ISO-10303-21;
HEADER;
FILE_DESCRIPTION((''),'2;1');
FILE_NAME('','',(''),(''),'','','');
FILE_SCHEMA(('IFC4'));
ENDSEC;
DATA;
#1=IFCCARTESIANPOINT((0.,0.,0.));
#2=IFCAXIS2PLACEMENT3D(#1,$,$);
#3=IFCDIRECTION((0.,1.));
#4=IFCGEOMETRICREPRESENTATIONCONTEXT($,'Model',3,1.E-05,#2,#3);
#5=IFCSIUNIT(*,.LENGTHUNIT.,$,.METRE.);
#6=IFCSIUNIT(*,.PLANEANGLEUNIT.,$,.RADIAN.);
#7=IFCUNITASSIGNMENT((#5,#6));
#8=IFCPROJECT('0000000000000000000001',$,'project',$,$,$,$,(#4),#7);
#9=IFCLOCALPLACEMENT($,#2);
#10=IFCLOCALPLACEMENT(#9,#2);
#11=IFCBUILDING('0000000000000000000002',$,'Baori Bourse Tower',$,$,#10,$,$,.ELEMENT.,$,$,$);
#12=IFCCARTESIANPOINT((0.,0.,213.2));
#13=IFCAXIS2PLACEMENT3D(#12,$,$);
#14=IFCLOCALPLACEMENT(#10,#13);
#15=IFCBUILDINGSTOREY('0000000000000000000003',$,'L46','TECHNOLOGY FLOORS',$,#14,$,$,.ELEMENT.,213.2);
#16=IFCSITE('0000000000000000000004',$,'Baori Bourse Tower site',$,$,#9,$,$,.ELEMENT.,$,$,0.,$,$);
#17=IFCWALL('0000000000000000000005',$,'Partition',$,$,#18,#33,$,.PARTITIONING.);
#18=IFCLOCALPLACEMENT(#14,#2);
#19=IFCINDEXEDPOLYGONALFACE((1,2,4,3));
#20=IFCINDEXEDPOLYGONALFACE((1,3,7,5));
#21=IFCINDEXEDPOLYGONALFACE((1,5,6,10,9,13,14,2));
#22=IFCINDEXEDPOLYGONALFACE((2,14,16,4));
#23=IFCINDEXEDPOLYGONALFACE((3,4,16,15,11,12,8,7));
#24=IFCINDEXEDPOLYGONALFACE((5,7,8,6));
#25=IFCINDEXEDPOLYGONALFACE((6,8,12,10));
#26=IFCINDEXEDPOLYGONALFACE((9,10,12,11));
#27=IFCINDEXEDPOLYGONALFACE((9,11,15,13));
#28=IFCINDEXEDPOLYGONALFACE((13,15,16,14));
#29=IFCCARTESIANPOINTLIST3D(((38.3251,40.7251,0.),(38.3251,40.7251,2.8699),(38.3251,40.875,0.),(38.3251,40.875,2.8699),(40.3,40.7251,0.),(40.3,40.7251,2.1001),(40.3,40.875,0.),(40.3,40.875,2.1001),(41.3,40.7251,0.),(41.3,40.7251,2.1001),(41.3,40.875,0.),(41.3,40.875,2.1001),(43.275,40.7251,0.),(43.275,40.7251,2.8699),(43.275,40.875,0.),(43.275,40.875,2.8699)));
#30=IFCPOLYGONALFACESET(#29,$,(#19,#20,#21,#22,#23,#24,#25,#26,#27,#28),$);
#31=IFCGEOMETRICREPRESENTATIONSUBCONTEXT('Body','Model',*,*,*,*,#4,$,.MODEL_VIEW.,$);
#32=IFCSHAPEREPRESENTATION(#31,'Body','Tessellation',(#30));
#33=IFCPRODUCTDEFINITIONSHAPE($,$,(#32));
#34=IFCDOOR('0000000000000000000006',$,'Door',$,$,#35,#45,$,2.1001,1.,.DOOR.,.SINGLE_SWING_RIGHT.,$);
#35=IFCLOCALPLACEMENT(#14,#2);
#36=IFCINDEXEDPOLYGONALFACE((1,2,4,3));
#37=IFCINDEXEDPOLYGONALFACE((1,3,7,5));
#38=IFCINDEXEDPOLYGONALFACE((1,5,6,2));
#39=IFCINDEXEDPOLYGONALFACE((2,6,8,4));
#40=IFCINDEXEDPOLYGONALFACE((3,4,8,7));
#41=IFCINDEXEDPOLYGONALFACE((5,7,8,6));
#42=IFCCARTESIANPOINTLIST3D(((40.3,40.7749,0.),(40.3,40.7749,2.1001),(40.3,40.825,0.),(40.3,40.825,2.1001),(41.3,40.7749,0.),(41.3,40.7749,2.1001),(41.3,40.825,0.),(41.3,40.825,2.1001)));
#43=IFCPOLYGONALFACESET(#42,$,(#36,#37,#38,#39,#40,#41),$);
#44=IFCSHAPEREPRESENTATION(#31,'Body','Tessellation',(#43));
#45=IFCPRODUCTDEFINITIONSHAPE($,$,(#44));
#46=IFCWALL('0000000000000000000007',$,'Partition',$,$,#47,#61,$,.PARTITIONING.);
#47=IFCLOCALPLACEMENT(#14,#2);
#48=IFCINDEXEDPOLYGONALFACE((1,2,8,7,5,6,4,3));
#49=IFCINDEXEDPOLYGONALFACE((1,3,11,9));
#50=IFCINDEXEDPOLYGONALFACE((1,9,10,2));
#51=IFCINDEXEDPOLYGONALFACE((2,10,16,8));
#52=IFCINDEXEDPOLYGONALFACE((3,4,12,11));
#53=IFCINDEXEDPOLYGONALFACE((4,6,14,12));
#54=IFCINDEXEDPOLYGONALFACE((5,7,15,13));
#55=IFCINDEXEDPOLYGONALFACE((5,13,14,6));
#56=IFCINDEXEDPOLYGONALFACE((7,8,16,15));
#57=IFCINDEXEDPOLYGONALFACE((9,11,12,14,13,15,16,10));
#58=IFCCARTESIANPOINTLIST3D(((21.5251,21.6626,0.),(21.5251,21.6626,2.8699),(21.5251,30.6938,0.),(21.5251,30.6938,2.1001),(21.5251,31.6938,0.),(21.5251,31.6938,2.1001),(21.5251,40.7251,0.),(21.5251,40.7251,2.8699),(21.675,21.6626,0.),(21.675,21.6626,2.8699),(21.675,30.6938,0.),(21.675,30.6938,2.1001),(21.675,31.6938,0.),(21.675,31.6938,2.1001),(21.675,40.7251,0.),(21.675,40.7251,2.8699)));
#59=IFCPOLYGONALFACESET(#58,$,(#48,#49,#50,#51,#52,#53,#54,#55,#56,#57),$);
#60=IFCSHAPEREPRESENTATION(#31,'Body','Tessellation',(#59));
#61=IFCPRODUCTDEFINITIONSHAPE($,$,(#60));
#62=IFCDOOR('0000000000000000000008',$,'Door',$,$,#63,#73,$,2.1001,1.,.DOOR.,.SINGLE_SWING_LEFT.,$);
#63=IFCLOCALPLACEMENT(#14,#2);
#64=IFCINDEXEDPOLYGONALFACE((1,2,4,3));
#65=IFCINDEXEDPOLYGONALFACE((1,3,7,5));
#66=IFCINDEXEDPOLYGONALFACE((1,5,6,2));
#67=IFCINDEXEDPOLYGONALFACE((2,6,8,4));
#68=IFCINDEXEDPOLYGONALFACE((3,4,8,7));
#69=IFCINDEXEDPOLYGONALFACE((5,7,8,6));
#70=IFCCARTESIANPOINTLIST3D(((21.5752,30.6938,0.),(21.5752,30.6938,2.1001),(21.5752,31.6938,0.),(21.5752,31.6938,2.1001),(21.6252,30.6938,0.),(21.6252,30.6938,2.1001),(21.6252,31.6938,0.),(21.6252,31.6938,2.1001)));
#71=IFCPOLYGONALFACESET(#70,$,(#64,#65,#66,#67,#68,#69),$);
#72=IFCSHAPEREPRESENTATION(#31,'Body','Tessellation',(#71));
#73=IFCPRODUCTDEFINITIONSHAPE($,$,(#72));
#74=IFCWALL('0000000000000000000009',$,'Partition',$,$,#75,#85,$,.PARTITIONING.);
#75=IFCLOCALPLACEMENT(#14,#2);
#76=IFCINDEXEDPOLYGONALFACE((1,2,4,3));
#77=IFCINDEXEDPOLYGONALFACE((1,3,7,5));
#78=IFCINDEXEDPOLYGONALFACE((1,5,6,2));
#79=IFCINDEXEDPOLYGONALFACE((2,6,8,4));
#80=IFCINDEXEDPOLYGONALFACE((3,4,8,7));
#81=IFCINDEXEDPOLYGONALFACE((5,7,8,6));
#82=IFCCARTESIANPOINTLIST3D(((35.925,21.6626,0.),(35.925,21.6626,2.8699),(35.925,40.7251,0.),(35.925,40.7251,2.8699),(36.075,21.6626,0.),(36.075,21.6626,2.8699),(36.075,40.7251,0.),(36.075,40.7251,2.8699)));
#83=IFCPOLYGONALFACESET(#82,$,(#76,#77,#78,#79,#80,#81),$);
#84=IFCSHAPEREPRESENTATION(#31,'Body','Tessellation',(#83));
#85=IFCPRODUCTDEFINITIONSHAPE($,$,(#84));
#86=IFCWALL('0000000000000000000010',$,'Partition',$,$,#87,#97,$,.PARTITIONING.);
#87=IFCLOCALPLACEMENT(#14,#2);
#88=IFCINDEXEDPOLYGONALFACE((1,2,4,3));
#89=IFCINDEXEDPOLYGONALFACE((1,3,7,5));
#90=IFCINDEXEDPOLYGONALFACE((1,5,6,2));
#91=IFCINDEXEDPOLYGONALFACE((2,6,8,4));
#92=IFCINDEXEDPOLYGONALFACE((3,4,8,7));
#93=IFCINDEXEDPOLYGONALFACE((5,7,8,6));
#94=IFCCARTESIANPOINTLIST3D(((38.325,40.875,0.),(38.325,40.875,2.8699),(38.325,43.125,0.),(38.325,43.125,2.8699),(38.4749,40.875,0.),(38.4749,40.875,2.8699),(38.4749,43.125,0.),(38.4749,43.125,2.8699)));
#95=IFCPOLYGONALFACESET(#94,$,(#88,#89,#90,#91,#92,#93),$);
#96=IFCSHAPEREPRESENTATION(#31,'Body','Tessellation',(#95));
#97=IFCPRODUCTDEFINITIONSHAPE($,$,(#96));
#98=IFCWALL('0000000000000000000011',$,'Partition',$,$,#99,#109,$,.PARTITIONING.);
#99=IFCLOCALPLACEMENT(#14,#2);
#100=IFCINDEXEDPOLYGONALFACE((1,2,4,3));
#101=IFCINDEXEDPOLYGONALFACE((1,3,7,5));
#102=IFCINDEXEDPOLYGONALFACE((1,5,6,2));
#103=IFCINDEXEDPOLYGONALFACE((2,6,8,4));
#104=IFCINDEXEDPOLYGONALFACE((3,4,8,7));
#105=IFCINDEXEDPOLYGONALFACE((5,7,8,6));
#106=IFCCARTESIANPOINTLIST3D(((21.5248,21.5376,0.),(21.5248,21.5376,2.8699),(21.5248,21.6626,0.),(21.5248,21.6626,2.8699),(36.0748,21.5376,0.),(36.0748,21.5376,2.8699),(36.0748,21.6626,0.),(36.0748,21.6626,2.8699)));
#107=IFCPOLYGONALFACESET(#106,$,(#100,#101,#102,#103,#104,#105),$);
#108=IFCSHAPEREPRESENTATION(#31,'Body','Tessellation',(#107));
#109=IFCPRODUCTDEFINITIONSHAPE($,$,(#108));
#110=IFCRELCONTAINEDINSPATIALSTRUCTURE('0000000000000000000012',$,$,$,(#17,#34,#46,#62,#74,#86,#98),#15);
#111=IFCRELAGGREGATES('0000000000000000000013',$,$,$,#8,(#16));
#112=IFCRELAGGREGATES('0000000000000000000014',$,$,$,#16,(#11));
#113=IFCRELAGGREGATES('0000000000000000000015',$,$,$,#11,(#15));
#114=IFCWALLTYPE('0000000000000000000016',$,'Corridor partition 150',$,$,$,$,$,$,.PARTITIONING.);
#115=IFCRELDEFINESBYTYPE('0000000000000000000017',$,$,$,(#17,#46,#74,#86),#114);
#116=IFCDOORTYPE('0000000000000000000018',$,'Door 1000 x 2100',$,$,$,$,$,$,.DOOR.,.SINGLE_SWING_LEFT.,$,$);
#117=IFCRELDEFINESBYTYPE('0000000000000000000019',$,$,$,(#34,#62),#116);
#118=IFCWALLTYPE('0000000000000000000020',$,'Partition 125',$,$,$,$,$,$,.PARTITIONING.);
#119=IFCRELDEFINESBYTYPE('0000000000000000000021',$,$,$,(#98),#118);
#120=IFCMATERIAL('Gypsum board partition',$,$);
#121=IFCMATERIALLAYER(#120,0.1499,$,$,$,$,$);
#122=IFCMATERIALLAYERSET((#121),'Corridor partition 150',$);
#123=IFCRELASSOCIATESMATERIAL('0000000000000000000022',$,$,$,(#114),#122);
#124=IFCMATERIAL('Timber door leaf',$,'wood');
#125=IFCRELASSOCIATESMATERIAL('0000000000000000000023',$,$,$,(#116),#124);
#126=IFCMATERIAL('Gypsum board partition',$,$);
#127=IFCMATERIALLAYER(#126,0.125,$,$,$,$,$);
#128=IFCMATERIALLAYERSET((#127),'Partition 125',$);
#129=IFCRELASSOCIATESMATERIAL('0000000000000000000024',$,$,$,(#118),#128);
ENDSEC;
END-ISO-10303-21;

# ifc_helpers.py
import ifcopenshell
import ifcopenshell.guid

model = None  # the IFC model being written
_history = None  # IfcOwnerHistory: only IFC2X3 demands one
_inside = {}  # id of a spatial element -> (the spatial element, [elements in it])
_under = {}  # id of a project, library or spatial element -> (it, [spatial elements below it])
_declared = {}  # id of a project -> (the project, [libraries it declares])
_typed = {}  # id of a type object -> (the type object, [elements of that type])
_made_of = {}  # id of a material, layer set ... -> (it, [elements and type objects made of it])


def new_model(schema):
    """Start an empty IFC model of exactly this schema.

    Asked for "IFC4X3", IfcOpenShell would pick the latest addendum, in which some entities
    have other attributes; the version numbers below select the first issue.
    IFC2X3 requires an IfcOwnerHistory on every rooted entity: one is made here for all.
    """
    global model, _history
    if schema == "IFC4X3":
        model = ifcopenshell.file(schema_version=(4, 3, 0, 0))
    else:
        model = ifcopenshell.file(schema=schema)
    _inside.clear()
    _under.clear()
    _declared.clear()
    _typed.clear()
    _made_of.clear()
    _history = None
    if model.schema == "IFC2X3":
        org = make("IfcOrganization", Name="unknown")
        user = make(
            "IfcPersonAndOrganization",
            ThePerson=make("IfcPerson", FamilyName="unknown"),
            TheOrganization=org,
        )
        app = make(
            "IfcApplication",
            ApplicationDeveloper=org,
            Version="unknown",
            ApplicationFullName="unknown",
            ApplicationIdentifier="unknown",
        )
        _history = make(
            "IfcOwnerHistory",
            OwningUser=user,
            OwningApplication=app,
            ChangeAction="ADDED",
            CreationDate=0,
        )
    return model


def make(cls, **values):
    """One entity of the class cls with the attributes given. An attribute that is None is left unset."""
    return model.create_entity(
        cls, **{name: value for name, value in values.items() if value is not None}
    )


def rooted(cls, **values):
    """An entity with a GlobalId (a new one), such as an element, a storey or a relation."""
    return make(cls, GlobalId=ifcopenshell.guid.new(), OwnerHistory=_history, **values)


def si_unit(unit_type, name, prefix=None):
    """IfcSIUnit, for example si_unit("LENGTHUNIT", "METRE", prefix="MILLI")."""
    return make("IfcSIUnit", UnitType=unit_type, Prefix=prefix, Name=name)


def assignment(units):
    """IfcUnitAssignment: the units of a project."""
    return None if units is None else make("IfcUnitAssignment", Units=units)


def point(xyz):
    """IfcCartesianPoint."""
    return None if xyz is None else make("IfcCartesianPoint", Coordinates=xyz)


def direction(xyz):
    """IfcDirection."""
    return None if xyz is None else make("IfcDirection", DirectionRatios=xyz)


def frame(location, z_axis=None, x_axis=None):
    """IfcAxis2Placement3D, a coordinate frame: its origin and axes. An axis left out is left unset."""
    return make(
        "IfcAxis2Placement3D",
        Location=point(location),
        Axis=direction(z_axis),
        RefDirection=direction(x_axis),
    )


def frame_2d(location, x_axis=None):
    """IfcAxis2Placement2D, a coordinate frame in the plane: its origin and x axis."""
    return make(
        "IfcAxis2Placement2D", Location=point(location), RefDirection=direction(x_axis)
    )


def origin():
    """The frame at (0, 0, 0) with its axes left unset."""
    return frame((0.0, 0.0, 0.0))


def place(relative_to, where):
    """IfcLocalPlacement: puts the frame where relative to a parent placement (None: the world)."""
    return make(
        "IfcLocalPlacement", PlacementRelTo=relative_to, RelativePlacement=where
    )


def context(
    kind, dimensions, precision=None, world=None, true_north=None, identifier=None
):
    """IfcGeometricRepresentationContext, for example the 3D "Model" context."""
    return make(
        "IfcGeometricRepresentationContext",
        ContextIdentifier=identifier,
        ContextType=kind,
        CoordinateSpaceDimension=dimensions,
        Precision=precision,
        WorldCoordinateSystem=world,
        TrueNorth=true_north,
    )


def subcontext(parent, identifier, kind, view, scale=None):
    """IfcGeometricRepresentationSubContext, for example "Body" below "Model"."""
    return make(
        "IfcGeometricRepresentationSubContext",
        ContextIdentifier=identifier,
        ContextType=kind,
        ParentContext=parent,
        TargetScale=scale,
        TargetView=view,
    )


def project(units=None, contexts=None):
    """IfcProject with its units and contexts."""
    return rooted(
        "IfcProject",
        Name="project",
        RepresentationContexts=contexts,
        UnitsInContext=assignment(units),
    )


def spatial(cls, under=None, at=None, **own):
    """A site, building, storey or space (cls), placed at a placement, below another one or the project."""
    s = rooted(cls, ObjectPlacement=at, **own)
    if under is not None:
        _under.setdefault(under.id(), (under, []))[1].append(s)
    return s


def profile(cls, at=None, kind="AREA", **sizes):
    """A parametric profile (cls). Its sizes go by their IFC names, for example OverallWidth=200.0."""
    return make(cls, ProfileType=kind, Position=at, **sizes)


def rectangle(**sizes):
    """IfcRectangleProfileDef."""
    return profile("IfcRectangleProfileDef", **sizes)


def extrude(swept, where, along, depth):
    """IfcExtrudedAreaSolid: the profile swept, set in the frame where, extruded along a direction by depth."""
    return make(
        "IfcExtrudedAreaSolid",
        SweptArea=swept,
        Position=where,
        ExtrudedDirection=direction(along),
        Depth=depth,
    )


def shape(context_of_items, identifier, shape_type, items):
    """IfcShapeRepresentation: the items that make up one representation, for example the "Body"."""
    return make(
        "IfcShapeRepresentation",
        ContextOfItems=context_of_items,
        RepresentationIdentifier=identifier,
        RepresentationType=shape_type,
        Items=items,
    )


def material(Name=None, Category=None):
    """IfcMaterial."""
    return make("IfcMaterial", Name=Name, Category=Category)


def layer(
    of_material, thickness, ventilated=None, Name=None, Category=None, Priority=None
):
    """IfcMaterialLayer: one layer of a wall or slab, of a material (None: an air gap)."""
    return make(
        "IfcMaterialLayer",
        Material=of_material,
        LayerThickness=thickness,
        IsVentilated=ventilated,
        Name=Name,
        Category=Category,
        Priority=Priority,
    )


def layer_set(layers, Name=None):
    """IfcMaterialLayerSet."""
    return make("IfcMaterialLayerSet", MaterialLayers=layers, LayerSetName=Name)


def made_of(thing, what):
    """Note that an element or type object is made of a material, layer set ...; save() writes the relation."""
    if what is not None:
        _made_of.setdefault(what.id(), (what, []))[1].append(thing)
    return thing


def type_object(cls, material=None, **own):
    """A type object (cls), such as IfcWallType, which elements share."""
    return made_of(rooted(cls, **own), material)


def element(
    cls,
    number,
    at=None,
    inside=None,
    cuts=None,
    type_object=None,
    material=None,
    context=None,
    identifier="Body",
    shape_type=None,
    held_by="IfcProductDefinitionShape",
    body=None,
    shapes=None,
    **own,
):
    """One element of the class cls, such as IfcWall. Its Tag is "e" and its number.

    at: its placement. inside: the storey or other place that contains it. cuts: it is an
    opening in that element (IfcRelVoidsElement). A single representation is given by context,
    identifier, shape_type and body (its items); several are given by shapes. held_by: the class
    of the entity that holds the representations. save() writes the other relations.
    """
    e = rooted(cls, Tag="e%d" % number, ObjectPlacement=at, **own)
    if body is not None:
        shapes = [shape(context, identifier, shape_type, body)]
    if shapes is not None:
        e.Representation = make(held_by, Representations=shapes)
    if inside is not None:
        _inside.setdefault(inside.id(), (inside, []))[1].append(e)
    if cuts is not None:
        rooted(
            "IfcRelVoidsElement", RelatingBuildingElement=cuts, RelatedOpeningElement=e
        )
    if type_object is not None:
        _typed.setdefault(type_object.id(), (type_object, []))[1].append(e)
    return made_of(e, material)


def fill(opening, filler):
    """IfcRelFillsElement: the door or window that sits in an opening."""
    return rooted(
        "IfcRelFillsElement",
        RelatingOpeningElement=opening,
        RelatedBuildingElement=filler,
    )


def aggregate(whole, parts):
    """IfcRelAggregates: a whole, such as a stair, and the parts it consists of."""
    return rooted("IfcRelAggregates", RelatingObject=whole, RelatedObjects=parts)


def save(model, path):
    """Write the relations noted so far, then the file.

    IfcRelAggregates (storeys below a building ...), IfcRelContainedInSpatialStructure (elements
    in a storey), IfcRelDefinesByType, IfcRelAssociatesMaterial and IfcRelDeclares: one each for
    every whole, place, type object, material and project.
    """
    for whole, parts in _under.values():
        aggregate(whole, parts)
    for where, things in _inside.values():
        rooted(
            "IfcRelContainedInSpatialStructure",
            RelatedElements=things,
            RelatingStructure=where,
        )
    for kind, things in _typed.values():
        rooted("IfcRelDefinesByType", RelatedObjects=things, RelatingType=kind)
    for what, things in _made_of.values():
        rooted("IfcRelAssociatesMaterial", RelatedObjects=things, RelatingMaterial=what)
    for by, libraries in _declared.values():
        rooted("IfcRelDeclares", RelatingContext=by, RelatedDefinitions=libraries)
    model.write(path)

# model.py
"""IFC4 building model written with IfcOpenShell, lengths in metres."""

from ifc_helpers import new_model, si_unit, direction, frame, frame_2d, origin, place, context, subcontext, project, spatial, rectangle, extrude, material, layer, layer_set, type_object, element, fill, save


model = new_model("IFC4")

# Units and contexts
model_context = context("Model", 3, precision=1e-05, world=origin(), true_north=direction((0.0, 1.0)))
body_context = subcontext(model_context, "Body", "Model", "MODEL_VIEW")
ifc_project = project(units=[si_unit("LENGTHUNIT", "METRE"), si_unit("PLANEANGLEUNIT", "RADIAN")], contexts=[model_context])

# Site, building, storey
site_placement = place(None, origin())
site = spatial("IfcSite", under=ifc_project, at=site_placement, Name="Baori Bourse Tower site", CompositionType="ELEMENT", RefElevation=0.0)
building_placement = place(site_placement, origin())
building = spatial("IfcBuilding", under=site, at=building_placement, Name="Baori Bourse Tower", CompositionType="ELEMENT")
storey_placement = place(building_placement, frame((0.0, 0.0, 213.2)))
storey = spatial("IfcBuildingStorey", under=building, at=storey_placement, Name="L46", Description="TECHNOLOGY FLOORS", CompositionType="ELEMENT", Elevation=213.2)

# Shared definitions
ifc_material_1 = material(Name="Gypsum board partition")
ifc_layer_1 = layer(ifc_material_1, 0.1499)
ifc_layer_set_1 = layer_set([ifc_layer_1], Name="Corridor partition 150")
wall_type_1 = type_object("IfcWallType", Name="Corridor partition 150", PredefinedType="PARTITIONING", material=ifc_layer_set_1)

# Walls, openings, doors
wall_1_placement = place(storey_placement, frame((38.325, 40.8, 0.0), z_axis=(0.0, 0.0, 1.0), x_axis=(1.0, 0.0, 0.0)))
wall_1 = element("IfcWall", 1, at=wall_1_placement, inside=storey, type_object=wall_type_1, Name="Partition", PredefinedType="PARTITIONING", context=body_context, shape_type="SweptSolid", body=[
    extrude(rectangle(XDim=4.95, YDim=0.1499, at=frame_2d((2.4751, 0.0))), origin(), (0.0, 0.0, 1.0), 2.8699),
])
opening_1_placement = place(wall_1_placement, frame((1.9751, 0.0, 0.0)))
opening_1 = element("IfcOpeningElement", 2, at=opening_1_placement, cuts=wall_1, PredefinedType="OPENING", context=body_context, shape_type="SweptSolid", body=[
    extrude(rectangle(XDim=1.0, YDim=2.1001, at=frame_2d((0.5, 1.05))), frame((0.0, 0.085, 0.0), z_axis=(0.0, -1.0, 0.0), x_axis=(1.0, 0.0, 0.0)), (0.0, 0.0, 1.0), 0.1699),
])
ifc_material_2 = material(Name="Timber door leaf", Category="wood")
door_type_1 = type_object("IfcDoorType", Name="Door 1000 x 2100", OperationType="SINGLE_SWING_LEFT", PredefinedType="DOOR", material=ifc_material_2)
door_1_placement = place(opening_1_placement, origin())
door_1 = element("IfcDoor", 3, at=door_1_placement, inside=storey, type_object=door_type_1, Name="Door", OperationType="SINGLE_SWING_RIGHT", OverallHeight=2.1001, OverallWidth=1.0, PredefinedType="DOOR", context=body_context, shape_type="SweptSolid", body=[
    extrude(rectangle(XDim=1.0, YDim=2.1001, at=frame_2d((0.5, 1.05))), frame((0.0, 0.0249, 0.0), z_axis=(0.0, -1.0, 0.0), x_axis=(1.0, 0.0, 0.0)), (0.0, 0.0, 1.0), 0.05),
])
fill(opening_1, door_1)
wall_2_placement = place(storey_placement, frame((21.6001, 21.6626, 0.0), z_axis=(0.0, 0.0, 1.0), x_axis=(0.0, 1.0, 0.0)))
wall_2 = element("IfcWall", 4, at=wall_2_placement, inside=storey, type_object=wall_type_1, Name="Partition", PredefinedType="PARTITIONING", context=body_context, shape_type="SweptSolid", body=[
    extrude(rectangle(XDim=19.0625, YDim=0.1499, at=frame_2d((9.5312, 0.0))), origin(), (0.0, 0.0, 1.0), 2.8699),
])
opening_2_placement = place(wall_2_placement, frame((9.0312, 0.0, 0.0)))
opening_2 = element("IfcOpeningElement", 5, at=opening_2_placement, cuts=wall_2, PredefinedType="OPENING", context=body_context, shape_type="SweptSolid", body=[
    extrude(rectangle(XDim=1.0, YDim=2.1001, at=frame_2d((0.5, 1.05))), frame((0.0, 0.085, 0.0), z_axis=(0.0, -1.0, 0.0), x_axis=(1.0, 0.0, 0.0)), (0.0, 0.0, 1.0), 0.1699),
])
door_2_placement = place(opening_2_placement, origin())
door_2 = element("IfcDoor", 6, at=door_2_placement, inside=storey, type_object=door_type_1, Name="Door", OperationType="SINGLE_SWING_LEFT", OverallHeight=2.1001, OverallWidth=1.0, PredefinedType="DOOR", context=body_context, shape_type="SweptSolid", body=[
    extrude(rectangle(XDim=1.0, YDim=2.1001, at=frame_2d((0.5, 1.05))), frame((0.0, 0.0249, 0.0), z_axis=(0.0, -1.0, 0.0), x_axis=(1.0, 0.0, 0.0)), (0.0, 0.0, 1.0), 0.05),
])
fill(opening_2, door_2)

# Walls
wall_3_placement = place(storey_placement, frame((36.0, 21.6626, 0.0), z_axis=(0.0, 0.0, 1.0), x_axis=(0.0, 1.0, 0.0)))
element("IfcWall", 7, at=wall_3_placement, inside=storey, type_object=wall_type_1, Name="Partition", PredefinedType="PARTITIONING", context=body_context, shape_type="SweptSolid", body=[
    extrude(rectangle(XDim=19.0625, YDim=0.1499, at=frame_2d((9.5312, 0.0))), origin(), (0.0, 0.0, 1.0), 2.8699),
])
wall_4_placement = place(storey_placement, frame((38.3999, 40.875, 0.0), z_axis=(0.0, 0.0, 1.0), x_axis=(0.0, 1.0, 0.0)))
element("IfcWall", 8, at=wall_4_placement, inside=storey, type_object=wall_type_1, Name="Partition", PredefinedType="PARTITIONING", context=body_context, shape_type="SweptSolid", body=[
    extrude(rectangle(XDim=2.25, YDim=0.1499, at=frame_2d((1.125, 0.0))), origin(), (0.0, 0.0, 1.0), 2.8699),
])
ifc_material_3 = material(Name="Gypsum board partition")
ifc_layer_2 = layer(ifc_material_3, 0.125)
ifc_layer_set_2 = layer_set([ifc_layer_2], Name="Partition 125")
wall_type_2 = type_object("IfcWallType", Name="Partition 125", PredefinedType="PARTITIONING", material=ifc_layer_set_2)
wall_5_placement = place(storey_placement, frame((21.5249, 21.6001, 0.0), z_axis=(0.0, 0.0, 1.0), x_axis=(1.0, 0.0, 0.0)))
element("IfcWall", 9, at=wall_5_placement, inside=storey, type_object=wall_type_2, Name="Partition", PredefinedType="PARTITIONING", context=body_context, shape_type="SweptSolid", body=[
    extrude(rectangle(XDim=14.55, YDim=0.125, at=frame_2d((7.2749, 0.0))), origin(), (0.0, 0.0, 1.0), 2.8699),
])

save(model, "model.ifc")
